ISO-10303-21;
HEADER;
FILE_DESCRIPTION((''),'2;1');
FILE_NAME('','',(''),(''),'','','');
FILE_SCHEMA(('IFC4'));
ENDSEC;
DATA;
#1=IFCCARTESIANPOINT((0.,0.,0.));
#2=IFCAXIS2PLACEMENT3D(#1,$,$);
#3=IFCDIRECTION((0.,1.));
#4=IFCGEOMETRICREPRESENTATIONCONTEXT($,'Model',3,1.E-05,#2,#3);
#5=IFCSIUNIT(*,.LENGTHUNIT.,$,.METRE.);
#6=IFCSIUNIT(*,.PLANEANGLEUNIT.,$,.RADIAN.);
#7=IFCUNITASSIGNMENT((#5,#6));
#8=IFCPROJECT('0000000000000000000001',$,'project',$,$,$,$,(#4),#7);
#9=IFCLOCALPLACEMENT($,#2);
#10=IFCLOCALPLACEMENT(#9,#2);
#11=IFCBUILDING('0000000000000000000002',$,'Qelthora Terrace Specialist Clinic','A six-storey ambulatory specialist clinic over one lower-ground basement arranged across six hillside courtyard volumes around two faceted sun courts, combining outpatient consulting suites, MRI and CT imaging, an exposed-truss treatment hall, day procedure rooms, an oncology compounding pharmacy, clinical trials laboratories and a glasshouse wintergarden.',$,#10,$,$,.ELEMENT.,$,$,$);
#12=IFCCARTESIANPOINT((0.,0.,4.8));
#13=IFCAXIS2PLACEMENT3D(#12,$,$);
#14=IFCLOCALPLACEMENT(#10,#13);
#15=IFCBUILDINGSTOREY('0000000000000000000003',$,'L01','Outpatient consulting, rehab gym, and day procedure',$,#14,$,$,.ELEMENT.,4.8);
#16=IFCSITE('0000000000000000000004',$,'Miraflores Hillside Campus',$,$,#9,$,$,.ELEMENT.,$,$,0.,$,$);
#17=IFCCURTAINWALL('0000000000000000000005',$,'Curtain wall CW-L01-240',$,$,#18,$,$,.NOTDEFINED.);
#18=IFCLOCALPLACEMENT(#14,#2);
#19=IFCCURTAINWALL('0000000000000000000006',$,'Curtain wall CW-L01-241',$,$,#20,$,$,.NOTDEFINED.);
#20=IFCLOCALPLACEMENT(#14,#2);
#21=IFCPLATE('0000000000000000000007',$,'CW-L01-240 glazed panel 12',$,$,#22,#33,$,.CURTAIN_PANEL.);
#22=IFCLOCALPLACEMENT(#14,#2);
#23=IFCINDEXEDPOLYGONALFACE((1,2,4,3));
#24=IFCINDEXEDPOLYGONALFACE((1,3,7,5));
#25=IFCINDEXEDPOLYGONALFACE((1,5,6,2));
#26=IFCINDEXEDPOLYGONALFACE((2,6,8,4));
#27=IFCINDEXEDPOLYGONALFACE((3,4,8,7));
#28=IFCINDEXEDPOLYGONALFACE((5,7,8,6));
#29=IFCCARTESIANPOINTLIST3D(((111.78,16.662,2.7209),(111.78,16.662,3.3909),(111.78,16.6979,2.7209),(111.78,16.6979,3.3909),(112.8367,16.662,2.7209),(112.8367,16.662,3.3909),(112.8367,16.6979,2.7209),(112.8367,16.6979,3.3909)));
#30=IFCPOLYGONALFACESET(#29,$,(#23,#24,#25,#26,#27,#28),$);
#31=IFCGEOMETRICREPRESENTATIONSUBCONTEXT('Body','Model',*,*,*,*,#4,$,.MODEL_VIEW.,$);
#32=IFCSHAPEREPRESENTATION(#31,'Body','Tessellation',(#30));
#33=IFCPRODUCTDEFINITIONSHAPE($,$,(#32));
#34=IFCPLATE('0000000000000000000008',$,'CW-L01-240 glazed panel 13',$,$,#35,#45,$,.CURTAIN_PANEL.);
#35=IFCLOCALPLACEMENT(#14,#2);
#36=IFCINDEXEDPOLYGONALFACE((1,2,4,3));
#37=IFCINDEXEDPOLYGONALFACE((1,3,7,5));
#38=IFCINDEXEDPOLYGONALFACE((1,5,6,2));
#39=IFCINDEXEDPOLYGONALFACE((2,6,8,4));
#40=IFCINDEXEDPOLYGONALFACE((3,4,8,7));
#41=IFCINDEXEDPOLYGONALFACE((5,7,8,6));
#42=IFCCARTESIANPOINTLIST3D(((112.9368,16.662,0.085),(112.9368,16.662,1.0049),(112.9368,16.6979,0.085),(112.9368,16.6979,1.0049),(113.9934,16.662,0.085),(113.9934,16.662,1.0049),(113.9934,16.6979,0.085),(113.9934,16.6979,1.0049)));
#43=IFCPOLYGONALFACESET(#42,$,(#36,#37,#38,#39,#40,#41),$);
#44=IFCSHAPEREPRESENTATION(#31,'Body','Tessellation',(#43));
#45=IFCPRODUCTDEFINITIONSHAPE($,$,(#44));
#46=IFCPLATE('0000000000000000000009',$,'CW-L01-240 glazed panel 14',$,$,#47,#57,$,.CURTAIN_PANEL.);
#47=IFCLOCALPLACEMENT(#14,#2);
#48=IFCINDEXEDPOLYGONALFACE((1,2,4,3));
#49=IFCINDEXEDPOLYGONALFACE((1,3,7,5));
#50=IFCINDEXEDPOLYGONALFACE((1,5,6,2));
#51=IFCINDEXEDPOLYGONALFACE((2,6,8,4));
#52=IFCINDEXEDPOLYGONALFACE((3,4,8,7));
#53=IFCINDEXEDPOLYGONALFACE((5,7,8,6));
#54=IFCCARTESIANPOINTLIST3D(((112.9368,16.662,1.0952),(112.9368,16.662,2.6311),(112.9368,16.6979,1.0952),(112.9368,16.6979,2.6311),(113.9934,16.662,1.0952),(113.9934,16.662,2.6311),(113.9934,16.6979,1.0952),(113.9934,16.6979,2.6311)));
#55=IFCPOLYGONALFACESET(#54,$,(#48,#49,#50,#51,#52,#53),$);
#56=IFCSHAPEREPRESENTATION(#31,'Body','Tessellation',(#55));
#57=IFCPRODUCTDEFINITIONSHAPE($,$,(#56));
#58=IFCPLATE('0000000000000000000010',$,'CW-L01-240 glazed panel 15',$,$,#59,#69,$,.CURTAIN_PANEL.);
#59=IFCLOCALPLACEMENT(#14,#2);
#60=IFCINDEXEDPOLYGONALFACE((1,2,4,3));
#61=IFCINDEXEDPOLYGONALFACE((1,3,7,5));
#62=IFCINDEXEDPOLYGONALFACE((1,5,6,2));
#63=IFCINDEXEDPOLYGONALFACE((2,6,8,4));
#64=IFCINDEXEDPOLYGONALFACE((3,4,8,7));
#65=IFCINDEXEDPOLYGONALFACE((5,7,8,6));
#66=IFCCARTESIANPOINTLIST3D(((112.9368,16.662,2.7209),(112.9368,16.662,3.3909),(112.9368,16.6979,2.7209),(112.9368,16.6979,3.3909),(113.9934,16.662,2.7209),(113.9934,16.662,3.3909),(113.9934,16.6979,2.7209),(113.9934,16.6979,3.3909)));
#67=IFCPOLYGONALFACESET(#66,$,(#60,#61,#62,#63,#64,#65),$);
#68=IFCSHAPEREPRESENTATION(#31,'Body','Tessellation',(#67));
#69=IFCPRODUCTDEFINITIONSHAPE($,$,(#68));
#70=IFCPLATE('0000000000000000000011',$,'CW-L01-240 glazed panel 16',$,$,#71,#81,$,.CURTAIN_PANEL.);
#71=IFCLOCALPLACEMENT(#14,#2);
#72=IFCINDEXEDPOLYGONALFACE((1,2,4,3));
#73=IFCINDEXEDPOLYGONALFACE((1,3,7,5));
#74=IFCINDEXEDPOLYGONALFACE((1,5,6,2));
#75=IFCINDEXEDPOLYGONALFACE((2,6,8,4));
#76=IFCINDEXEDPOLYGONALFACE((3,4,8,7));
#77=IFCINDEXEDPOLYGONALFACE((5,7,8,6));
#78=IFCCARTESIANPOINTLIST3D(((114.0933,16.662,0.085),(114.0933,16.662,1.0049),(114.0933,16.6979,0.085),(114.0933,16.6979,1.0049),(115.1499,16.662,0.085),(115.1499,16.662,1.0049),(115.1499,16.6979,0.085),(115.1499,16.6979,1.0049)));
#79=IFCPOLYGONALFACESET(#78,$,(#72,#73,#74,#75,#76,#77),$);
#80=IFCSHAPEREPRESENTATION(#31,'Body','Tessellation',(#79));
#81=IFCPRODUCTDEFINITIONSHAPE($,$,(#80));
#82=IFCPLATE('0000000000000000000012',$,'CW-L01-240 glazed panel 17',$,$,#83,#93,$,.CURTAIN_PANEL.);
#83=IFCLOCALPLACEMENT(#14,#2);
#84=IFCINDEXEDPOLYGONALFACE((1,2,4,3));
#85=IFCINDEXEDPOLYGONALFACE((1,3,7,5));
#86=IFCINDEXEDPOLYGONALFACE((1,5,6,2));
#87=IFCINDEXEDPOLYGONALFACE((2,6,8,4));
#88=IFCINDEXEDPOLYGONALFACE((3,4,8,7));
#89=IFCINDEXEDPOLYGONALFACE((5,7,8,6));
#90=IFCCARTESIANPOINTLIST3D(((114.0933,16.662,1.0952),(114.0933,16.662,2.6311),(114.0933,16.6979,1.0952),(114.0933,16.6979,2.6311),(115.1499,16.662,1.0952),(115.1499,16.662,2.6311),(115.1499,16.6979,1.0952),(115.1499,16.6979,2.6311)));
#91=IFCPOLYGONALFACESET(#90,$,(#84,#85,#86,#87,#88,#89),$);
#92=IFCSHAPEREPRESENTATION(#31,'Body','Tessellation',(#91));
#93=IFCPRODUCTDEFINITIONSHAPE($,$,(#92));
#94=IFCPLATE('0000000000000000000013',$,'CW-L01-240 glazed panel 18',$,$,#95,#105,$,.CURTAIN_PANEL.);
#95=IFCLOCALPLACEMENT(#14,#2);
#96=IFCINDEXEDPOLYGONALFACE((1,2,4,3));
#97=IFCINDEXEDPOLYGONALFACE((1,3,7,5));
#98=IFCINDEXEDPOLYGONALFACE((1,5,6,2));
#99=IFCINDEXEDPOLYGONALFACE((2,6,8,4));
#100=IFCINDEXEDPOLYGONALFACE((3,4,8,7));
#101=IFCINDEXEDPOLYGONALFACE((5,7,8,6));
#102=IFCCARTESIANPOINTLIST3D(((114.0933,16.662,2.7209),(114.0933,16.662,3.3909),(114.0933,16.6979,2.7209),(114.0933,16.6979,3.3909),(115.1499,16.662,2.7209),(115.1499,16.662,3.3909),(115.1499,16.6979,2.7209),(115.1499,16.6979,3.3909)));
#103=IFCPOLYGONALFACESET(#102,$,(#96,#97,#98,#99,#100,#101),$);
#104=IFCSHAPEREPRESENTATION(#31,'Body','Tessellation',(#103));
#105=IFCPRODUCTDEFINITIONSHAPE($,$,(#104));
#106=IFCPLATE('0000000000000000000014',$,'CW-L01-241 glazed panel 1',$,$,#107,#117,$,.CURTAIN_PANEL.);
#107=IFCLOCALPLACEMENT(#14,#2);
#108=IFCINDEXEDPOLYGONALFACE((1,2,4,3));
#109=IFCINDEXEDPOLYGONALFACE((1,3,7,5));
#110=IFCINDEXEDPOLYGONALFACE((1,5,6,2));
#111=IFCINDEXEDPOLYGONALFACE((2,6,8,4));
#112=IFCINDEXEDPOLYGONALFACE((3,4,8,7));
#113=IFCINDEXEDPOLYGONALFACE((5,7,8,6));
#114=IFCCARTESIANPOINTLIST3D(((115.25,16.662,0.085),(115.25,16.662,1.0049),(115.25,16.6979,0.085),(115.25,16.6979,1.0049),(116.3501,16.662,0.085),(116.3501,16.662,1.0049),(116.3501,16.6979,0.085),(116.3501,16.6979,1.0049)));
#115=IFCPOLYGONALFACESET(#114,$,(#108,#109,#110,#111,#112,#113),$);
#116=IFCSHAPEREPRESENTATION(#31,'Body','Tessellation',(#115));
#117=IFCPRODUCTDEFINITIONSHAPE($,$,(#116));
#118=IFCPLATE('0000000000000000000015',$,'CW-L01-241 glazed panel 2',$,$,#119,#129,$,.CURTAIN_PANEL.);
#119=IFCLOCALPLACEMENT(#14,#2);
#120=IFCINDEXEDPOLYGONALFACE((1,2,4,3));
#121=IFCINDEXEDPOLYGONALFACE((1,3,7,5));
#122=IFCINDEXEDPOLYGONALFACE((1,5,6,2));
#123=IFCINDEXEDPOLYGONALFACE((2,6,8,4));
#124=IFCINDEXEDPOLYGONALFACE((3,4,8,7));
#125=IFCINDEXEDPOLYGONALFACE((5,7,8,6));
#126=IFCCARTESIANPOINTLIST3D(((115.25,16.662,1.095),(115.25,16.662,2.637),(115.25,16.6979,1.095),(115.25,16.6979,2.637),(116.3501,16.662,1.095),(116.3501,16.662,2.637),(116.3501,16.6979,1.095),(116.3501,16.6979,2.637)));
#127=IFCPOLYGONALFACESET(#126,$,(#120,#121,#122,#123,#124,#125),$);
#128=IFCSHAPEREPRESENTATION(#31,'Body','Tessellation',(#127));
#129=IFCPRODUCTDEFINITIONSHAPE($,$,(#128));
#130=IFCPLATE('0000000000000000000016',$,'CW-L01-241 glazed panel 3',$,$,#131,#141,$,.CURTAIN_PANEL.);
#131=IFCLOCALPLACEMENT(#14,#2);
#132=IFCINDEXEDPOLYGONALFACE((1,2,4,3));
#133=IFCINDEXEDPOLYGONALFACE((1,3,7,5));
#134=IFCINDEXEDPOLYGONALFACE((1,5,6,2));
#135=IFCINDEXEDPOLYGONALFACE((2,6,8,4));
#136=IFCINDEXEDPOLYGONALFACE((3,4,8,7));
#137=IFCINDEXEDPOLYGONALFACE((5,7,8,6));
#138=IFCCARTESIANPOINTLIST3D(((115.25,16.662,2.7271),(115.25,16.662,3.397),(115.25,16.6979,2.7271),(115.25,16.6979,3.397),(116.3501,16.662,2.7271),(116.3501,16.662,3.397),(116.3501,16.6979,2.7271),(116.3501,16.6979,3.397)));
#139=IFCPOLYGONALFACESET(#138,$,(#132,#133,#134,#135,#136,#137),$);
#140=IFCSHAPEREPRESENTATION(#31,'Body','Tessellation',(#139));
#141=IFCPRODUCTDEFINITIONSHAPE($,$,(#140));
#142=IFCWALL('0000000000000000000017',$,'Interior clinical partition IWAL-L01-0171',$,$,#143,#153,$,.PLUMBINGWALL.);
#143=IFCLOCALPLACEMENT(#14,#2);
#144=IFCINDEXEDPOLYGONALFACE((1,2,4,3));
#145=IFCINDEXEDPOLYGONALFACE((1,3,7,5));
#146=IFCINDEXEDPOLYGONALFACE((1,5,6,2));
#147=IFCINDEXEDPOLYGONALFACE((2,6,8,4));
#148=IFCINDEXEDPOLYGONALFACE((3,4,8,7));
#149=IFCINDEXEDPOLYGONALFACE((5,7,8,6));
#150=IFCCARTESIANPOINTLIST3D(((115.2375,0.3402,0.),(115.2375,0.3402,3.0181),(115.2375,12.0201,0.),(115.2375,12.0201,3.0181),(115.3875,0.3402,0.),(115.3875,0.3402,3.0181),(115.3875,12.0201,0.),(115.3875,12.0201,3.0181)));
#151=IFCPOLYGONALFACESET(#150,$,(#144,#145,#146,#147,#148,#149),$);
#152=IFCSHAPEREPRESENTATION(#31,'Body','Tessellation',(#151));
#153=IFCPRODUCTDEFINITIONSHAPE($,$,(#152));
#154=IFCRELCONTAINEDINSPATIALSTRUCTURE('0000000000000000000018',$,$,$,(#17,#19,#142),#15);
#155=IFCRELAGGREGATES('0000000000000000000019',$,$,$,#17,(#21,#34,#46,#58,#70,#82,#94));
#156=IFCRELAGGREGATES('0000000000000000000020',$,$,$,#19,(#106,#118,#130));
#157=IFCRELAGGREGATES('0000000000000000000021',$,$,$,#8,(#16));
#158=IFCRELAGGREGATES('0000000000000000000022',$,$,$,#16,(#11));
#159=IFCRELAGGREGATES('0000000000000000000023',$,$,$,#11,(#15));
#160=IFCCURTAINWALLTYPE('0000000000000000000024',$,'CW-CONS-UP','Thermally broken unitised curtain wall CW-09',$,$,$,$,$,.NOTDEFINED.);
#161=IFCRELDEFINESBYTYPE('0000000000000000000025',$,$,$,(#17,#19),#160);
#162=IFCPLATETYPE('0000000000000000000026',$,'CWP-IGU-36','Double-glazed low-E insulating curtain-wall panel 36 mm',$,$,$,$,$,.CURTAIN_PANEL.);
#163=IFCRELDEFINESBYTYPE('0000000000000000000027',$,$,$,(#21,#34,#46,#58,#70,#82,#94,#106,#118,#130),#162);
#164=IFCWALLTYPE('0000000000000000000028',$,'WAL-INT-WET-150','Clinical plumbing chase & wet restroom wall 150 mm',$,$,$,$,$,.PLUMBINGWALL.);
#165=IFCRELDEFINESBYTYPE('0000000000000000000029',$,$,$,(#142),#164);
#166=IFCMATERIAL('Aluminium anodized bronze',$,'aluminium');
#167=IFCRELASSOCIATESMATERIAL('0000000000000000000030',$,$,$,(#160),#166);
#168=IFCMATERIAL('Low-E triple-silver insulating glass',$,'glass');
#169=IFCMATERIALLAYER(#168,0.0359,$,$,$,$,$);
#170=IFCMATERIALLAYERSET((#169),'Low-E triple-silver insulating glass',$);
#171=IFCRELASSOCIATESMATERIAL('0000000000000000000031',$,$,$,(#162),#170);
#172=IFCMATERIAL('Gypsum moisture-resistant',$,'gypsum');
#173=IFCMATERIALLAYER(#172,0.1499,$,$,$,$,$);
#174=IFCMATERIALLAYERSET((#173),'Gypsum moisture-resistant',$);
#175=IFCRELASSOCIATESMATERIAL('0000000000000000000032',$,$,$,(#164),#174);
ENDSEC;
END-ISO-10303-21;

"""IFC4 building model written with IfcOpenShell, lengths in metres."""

from ifc_helpers import new_model, si_unit, direction, frame, frame_2d, origin, origin_2d, place, context, subcontext, project, spatial, rectangle, extrude, material, layer, layer_set, type_object, element, aggregate, save


model = new_model("IFC4")

# Units and contexts
model_context = context("Model", 3, precision=1e-05, world=origin(), true_north=direction((0.0, 1.0)))
body_context = subcontext(model_context, "Body", "Model", "MODEL_VIEW")
ifc_project = project(units=[si_unit("LENGTHUNIT", "METRE"), si_unit("PLANEANGLEUNIT", "RADIAN")], contexts=[model_context])

# Site, building, storey
site_placement = place(None, origin())
site = spatial("IfcSite", under=ifc_project, at=site_placement, Name="Miraflores Hillside Campus", CompositionType="ELEMENT", RefElevation=0.0)
building_placement = place(site_placement, origin())
building = spatial("IfcBuilding", under=site, at=building_placement, Name="Qelthora Terrace Specialist Clinic", Description="A six-storey ambulatory specialist clinic over one lower-ground basement arranged across six hillside courtyard volumes around two faceted sun courts, combining outpatient consulting suites, MRI and CT imaging, an exposed-truss treatment hall, day procedure rooms, an oncology compounding pharmacy, clinical trials laboratories and a glasshouse wintergarden.", CompositionType="ELEMENT")
storey_placement = place(building_placement, frame((0.0, 0.0, 4.8)))
storey = spatial("IfcBuildingStorey", under=building, at=storey_placement, Name="L01", Description="Outpatient consulting, rehab gym, and day procedure", CompositionType="ELEMENT", Elevation=4.8)

# Curtain walls
ifc_material_1 = material(Name="Aluminium anodized bronze", Category="aluminium")
curtain_wall_type = type_object("IfcCurtainWallType", Name="CW-CONS-UP", Description="Thermally broken unitised curtain wall CW-09", PredefinedType="NOTDEFINED", material=ifc_material_1)
curtain_wall_1_placement = place(storey_placement, origin())
curtain_wall_1 = element("IfcCurtainWall", 1, at=curtain_wall_1_placement, inside=storey, type_object=curtain_wall_type, Name="Curtain wall CW-L01-240", PredefinedType="NOTDEFINED")
curtain_wall_2_placement = place(storey_placement, origin())
curtain_wall_2 = element("IfcCurtainWall", 2, at=curtain_wall_2_placement, inside=storey, type_object=curtain_wall_type, Name="Curtain wall CW-L01-241", PredefinedType="NOTDEFINED")

# Plates
ifc_material_2 = material(Name="Low-E triple-silver insulating glass", Category="glass")
ifc_layer_1 = layer(ifc_material_2, 0.0359)
ifc_layer_set_1 = layer_set([ifc_layer_1], Name="Low-E triple-silver insulating glass")
plate_type = type_object("IfcPlateType", Name="CWP-IGU-36", Description="Double-glazed low-E insulating curtain-wall panel 36 mm", PredefinedType="CURTAIN_PANEL", material=ifc_layer_set_1)
plate_1_placement = place(storey_placement, frame((112.3083, 16.6799, 2.7209), z_axis=(0.0, 0.0, 1.0), x_axis=(1.0, 0.0, 0.0)))
plate_1 = element("IfcPlate", 3, at=plate_1_placement, type_object=plate_type, Name="CW-L01-240 glazed panel 12", PredefinedType="CURTAIN_PANEL", context=body_context, shape_type="SweptSolid", body=[
    extrude(rectangle(XDim=1.0566, YDim=0.0359, at=origin_2d()), origin(), (0.0, 0.0, 1.0), 0.6699),
])
plate_2_placement = place(storey_placement, frame((113.4651, 16.6799, 0.085), z_axis=(0.0, 0.0, 1.0), x_axis=(1.0, 0.0, 0.0)))
plate_2 = element("IfcPlate", 4, at=plate_2_placement, type_object=plate_type, Name="CW-L01-240 glazed panel 13", PredefinedType="CURTAIN_PANEL", context=body_context, shape_type="SweptSolid", body=[
    extrude(rectangle(XDim=1.0566, YDim=0.0359, at=origin_2d()), origin(), (0.0, 0.0, 1.0), 0.9199),
])
plate_3_placement = place(storey_placement, frame((113.4651, 16.6799, 1.0952), z_axis=(0.0, 0.0, 1.0), x_axis=(1.0, 0.0, 0.0)))
plate_3 = element("IfcPlate", 5, at=plate_3_placement, type_object=plate_type, Name="CW-L01-240 glazed panel 14", PredefinedType="CURTAIN_PANEL", context=body_context, shape_type="SweptSolid", body=[
    extrude(rectangle(XDim=1.0566, YDim=0.0359, at=origin_2d()), origin(), (0.0, 0.0, 1.0), 1.5359),
])
plate_4_placement = place(storey_placement, frame((113.4651, 16.6799, 2.7209), z_axis=(0.0, 0.0, 1.0), x_axis=(1.0, 0.0, 0.0)))
plate_4 = element("IfcPlate", 6, at=plate_4_placement, type_object=plate_type, Name="CW-L01-240 glazed panel 15", PredefinedType="CURTAIN_PANEL", context=body_context, shape_type="SweptSolid", body=[
    extrude(rectangle(XDim=1.0566, YDim=0.0359, at=origin_2d()), origin(), (0.0, 0.0, 1.0), 0.6699),
])
plate_5_placement = place(storey_placement, frame((114.6216, 16.6799, 0.085), z_axis=(0.0, 0.0, 1.0), x_axis=(1.0, 0.0, 0.0)))
plate_5 = element("IfcPlate", 7, at=plate_5_placement, type_object=plate_type, Name="CW-L01-240 glazed panel 16", PredefinedType="CURTAIN_PANEL", context=body_context, shape_type="SweptSolid", body=[
    extrude(rectangle(XDim=1.0566, YDim=0.0359, at=origin_2d()), origin(), (0.0, 0.0, 1.0), 0.9199),
])
plate_6_placement = place(storey_placement, frame((114.6216, 16.6799, 1.0952), z_axis=(0.0, 0.0, 1.0), x_axis=(1.0, 0.0, 0.0)))
plate_6 = element("IfcPlate", 8, at=plate_6_placement, type_object=plate_type, Name="CW-L01-240 glazed panel 17", PredefinedType="CURTAIN_PANEL", context=body_context, shape_type="SweptSolid", body=[
    extrude(rectangle(XDim=1.0566, YDim=0.0359, at=origin_2d()), origin(), (0.0, 0.0, 1.0), 1.5359),
])
plate_7_placement = place(storey_placement, frame((114.6216, 16.6799, 2.7209), z_axis=(0.0, 0.0, 1.0), x_axis=(1.0, 0.0, 0.0)))
plate_7 = element("IfcPlate", 9, at=plate_7_placement, type_object=plate_type, Name="CW-L01-240 glazed panel 18", PredefinedType="CURTAIN_PANEL", context=body_context, shape_type="SweptSolid", body=[
    extrude(rectangle(XDim=1.0566, YDim=0.0359, at=origin_2d()), origin(), (0.0, 0.0, 1.0), 0.6699),
])
aggregate(curtain_wall_1, [plate_1, plate_2, plate_3, plate_4, plate_5, plate_6, plate_7])
plate_8_placement = place(storey_placement, frame((115.8, 16.6799, 0.085), z_axis=(0.0, 0.0, 1.0), x_axis=(1.0, 0.0, 0.0)))
plate_8 = element("IfcPlate", 10, at=plate_8_placement, type_object=plate_type, Name="CW-L01-241 glazed panel 1", PredefinedType="CURTAIN_PANEL", context=body_context, shape_type="SweptSolid", body=[
    extrude(rectangle(XDim=1.1001, YDim=0.0359, at=origin_2d()), origin(), (0.0, 0.0, 1.0), 0.9199),
])
plate_9_placement = place(storey_placement, frame((115.8, 16.6799, 1.095), z_axis=(0.0, 0.0, 1.0), x_axis=(1.0, 0.0, 0.0)))
plate_9 = element("IfcPlate", 11, at=plate_9_placement, type_object=plate_type, Name="CW-L01-241 glazed panel 2", PredefinedType="CURTAIN_PANEL", context=body_context, shape_type="SweptSolid", body=[
    extrude(rectangle(XDim=1.1001, YDim=0.0359, at=origin_2d()), origin(), (0.0, 0.0, 1.0), 1.542),
])
plate_10_placement = place(storey_placement, frame((115.8, 16.6799, 2.7271), z_axis=(0.0, 0.0, 1.0), x_axis=(1.0, 0.0, 0.0)))
plate_10 = element("IfcPlate", 12, at=plate_10_placement, type_object=plate_type, Name="CW-L01-241 glazed panel 3", PredefinedType="CURTAIN_PANEL", context=body_context, shape_type="SweptSolid", body=[
    extrude(rectangle(XDim=1.1001, YDim=0.0359, at=origin_2d()), origin(), (0.0, 0.0, 1.0), 0.6699),
])
aggregate(curtain_wall_2, [plate_8, plate_9, plate_10])

# Wall
ifc_material_3 = material(Name="Gypsum moisture-resistant", Category="gypsum")
ifc_layer_2 = layer(ifc_material_3, 0.1499)
ifc_layer_set_2 = layer_set([ifc_layer_2], Name="Gypsum moisture-resistant")
wall_type_1 = type_object("IfcWallType", Name="WAL-INT-WET-150", Description="Clinical plumbing chase & wet restroom wall 150 mm", PredefinedType="PLUMBINGWALL", material=ifc_layer_set_2)
wall_1_placement = place(storey_placement, frame((115.3125, 12.02, 0.0), z_axis=(0.0, 0.0, 1.0), x_axis=(0.0, -1.0, 0.0)))
element("IfcWall", 13, at=wall_1_placement, inside=storey, type_object=wall_type_1, Name="Interior clinical partition IWAL-L01-0171", PredefinedType="PLUMBINGWALL", context=body_context, shape_type="SweptSolid", body=[
    extrude(rectangle(XDim=11.6799, YDim=0.1499, at=frame_2d((5.8398, 0.0))), origin(), (0.0, 0.0, 1.0), 3.0181),
])

save(model, "model.ifc")
